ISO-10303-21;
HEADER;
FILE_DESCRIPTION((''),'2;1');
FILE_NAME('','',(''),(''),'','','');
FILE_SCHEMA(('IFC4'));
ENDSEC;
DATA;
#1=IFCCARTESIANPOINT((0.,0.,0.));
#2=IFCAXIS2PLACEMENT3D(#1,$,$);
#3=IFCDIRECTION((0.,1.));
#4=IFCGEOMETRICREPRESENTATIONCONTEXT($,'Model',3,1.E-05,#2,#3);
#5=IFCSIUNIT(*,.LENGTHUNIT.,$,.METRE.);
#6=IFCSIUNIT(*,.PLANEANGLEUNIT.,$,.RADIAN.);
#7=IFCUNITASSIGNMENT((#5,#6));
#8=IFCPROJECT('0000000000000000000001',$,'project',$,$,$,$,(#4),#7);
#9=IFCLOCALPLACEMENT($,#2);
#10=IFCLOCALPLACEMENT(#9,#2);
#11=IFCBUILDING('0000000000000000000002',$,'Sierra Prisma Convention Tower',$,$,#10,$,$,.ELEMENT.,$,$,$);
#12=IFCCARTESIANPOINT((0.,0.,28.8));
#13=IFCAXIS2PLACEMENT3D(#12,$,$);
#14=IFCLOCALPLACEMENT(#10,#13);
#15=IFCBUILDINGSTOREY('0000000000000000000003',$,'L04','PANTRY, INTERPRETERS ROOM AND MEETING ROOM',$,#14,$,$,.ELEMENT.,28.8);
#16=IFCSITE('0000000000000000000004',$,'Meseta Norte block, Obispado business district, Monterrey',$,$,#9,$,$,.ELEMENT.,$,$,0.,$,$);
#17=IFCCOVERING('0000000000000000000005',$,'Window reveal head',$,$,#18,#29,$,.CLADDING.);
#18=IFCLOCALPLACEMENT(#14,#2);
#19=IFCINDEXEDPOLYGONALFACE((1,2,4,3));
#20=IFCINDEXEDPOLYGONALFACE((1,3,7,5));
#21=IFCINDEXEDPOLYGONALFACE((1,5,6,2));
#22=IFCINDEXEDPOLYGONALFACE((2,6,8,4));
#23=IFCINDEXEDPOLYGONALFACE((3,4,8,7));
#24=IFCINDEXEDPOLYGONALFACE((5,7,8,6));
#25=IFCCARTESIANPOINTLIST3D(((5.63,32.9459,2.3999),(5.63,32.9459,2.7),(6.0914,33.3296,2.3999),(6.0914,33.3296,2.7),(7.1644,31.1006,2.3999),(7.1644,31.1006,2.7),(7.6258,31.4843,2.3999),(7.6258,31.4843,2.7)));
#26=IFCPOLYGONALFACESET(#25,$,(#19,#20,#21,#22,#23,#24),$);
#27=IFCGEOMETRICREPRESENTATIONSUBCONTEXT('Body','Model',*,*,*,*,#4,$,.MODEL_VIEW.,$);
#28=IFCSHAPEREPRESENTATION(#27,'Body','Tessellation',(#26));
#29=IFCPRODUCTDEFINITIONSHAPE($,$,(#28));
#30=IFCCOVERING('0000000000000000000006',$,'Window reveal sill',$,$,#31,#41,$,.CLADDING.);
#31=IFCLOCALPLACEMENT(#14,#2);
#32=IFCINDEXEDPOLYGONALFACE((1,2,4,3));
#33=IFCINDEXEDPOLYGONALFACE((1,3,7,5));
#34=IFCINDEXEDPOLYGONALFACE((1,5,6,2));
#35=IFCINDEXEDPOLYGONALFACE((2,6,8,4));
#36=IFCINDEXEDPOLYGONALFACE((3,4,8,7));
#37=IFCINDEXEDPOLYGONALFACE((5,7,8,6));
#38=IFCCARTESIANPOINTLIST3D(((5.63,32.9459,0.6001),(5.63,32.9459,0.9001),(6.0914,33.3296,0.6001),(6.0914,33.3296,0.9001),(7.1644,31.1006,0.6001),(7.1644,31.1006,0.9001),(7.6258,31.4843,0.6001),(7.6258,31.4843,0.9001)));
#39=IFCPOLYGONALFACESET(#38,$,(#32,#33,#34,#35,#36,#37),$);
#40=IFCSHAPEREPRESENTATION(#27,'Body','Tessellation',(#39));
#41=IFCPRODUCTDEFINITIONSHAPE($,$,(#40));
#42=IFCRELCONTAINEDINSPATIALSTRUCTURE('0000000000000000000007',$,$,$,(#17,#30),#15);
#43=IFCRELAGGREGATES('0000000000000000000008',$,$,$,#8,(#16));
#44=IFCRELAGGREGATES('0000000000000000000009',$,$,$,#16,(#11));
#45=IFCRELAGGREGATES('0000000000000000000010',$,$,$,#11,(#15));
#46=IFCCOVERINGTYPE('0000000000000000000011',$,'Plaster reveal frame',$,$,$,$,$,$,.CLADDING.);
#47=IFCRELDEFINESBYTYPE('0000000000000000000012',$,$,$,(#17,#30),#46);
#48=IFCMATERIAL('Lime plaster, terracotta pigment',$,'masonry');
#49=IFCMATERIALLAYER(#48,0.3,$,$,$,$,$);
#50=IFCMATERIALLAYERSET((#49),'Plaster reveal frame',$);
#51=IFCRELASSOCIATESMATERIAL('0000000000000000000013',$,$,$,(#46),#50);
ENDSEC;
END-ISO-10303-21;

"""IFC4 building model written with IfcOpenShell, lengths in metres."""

from ifc_helpers import new_model, si_unit, direction, frame, origin, origin_2d, place, context, subcontext, project, spatial, rectangle, extrude, material, layer, layer_set, type_object, element, save


model = new_model("IFC4")

# Units and contexts
model_context = context("Model", 3, precision=1e-05, world=origin(), true_north=direction((0.0, 1.0)))
body_context = subcontext(model_context, "Body", "Model", "MODEL_VIEW")
ifc_project = project(units=[si_unit("LENGTHUNIT", "METRE"), si_unit("PLANEANGLEUNIT", "RADIAN")], contexts=[model_context])

# Site, building, storey
site_placement = place(None, origin())
site = spatial("IfcSite", under=ifc_project, at=site_placement, Name="Meseta Norte block, Obispado business district, Monterrey", CompositionType="ELEMENT", RefElevation=0.0)
building_placement = place(site_placement, origin())
building = spatial("IfcBuilding", under=site, at=building_placement, Name="Sierra Prisma Convention Tower", CompositionType="ELEMENT")
storey_placement = place(building_placement, frame((0.0, 0.0, 28.8)))
storey = spatial("IfcBuildingStorey", under=building, at=storey_placement, Name="L04", Description="PANTRY, INTERPRETERS ROOM AND MEETING ROOM", CompositionType="ELEMENT", Elevation=28.8)

# Coverings
ifc_material_1 = material(Name="Lime plaster, terracotta pigment", Category="masonry")
ifc_layer_1 = layer(ifc_material_1, 0.3)
ifc_layer_set_1 = layer_set([ifc_layer_1], Name="Plaster reveal frame")
covering_type = type_object("IfcCoveringType", Name="Plaster reveal frame", PredefinedType="CLADDING", material=ifc_layer_set_1)
for number, where, z_axis, x_axis, name in (
    (1, (6.6279, 32.2151, 2.3999), (0.0, 0.0, 1.0), (0.639358, -0.768909, 0.0), "Window reveal head"),
    (2, (6.6279, 32.2151, 0.6001), (0.0, 0.0, 1.0), (0.639358, -0.768909, 0.0), "Window reveal sill"),
):
    element("IfcCovering", number, at=place(storey_placement, frame(where, z_axis=z_axis, x_axis=x_axis)), inside=storey, type_object=covering_type, Name=name, PredefinedType="CLADDING", context=body_context, shape_type="SweptSolid", body=[
        extrude(rectangle(XDim=2.3999, YDim=0.6001, at=origin_2d()), origin(), (0.0, 0.0, 1.0), 0.3),
    ])

save(model, "model.ifc")
